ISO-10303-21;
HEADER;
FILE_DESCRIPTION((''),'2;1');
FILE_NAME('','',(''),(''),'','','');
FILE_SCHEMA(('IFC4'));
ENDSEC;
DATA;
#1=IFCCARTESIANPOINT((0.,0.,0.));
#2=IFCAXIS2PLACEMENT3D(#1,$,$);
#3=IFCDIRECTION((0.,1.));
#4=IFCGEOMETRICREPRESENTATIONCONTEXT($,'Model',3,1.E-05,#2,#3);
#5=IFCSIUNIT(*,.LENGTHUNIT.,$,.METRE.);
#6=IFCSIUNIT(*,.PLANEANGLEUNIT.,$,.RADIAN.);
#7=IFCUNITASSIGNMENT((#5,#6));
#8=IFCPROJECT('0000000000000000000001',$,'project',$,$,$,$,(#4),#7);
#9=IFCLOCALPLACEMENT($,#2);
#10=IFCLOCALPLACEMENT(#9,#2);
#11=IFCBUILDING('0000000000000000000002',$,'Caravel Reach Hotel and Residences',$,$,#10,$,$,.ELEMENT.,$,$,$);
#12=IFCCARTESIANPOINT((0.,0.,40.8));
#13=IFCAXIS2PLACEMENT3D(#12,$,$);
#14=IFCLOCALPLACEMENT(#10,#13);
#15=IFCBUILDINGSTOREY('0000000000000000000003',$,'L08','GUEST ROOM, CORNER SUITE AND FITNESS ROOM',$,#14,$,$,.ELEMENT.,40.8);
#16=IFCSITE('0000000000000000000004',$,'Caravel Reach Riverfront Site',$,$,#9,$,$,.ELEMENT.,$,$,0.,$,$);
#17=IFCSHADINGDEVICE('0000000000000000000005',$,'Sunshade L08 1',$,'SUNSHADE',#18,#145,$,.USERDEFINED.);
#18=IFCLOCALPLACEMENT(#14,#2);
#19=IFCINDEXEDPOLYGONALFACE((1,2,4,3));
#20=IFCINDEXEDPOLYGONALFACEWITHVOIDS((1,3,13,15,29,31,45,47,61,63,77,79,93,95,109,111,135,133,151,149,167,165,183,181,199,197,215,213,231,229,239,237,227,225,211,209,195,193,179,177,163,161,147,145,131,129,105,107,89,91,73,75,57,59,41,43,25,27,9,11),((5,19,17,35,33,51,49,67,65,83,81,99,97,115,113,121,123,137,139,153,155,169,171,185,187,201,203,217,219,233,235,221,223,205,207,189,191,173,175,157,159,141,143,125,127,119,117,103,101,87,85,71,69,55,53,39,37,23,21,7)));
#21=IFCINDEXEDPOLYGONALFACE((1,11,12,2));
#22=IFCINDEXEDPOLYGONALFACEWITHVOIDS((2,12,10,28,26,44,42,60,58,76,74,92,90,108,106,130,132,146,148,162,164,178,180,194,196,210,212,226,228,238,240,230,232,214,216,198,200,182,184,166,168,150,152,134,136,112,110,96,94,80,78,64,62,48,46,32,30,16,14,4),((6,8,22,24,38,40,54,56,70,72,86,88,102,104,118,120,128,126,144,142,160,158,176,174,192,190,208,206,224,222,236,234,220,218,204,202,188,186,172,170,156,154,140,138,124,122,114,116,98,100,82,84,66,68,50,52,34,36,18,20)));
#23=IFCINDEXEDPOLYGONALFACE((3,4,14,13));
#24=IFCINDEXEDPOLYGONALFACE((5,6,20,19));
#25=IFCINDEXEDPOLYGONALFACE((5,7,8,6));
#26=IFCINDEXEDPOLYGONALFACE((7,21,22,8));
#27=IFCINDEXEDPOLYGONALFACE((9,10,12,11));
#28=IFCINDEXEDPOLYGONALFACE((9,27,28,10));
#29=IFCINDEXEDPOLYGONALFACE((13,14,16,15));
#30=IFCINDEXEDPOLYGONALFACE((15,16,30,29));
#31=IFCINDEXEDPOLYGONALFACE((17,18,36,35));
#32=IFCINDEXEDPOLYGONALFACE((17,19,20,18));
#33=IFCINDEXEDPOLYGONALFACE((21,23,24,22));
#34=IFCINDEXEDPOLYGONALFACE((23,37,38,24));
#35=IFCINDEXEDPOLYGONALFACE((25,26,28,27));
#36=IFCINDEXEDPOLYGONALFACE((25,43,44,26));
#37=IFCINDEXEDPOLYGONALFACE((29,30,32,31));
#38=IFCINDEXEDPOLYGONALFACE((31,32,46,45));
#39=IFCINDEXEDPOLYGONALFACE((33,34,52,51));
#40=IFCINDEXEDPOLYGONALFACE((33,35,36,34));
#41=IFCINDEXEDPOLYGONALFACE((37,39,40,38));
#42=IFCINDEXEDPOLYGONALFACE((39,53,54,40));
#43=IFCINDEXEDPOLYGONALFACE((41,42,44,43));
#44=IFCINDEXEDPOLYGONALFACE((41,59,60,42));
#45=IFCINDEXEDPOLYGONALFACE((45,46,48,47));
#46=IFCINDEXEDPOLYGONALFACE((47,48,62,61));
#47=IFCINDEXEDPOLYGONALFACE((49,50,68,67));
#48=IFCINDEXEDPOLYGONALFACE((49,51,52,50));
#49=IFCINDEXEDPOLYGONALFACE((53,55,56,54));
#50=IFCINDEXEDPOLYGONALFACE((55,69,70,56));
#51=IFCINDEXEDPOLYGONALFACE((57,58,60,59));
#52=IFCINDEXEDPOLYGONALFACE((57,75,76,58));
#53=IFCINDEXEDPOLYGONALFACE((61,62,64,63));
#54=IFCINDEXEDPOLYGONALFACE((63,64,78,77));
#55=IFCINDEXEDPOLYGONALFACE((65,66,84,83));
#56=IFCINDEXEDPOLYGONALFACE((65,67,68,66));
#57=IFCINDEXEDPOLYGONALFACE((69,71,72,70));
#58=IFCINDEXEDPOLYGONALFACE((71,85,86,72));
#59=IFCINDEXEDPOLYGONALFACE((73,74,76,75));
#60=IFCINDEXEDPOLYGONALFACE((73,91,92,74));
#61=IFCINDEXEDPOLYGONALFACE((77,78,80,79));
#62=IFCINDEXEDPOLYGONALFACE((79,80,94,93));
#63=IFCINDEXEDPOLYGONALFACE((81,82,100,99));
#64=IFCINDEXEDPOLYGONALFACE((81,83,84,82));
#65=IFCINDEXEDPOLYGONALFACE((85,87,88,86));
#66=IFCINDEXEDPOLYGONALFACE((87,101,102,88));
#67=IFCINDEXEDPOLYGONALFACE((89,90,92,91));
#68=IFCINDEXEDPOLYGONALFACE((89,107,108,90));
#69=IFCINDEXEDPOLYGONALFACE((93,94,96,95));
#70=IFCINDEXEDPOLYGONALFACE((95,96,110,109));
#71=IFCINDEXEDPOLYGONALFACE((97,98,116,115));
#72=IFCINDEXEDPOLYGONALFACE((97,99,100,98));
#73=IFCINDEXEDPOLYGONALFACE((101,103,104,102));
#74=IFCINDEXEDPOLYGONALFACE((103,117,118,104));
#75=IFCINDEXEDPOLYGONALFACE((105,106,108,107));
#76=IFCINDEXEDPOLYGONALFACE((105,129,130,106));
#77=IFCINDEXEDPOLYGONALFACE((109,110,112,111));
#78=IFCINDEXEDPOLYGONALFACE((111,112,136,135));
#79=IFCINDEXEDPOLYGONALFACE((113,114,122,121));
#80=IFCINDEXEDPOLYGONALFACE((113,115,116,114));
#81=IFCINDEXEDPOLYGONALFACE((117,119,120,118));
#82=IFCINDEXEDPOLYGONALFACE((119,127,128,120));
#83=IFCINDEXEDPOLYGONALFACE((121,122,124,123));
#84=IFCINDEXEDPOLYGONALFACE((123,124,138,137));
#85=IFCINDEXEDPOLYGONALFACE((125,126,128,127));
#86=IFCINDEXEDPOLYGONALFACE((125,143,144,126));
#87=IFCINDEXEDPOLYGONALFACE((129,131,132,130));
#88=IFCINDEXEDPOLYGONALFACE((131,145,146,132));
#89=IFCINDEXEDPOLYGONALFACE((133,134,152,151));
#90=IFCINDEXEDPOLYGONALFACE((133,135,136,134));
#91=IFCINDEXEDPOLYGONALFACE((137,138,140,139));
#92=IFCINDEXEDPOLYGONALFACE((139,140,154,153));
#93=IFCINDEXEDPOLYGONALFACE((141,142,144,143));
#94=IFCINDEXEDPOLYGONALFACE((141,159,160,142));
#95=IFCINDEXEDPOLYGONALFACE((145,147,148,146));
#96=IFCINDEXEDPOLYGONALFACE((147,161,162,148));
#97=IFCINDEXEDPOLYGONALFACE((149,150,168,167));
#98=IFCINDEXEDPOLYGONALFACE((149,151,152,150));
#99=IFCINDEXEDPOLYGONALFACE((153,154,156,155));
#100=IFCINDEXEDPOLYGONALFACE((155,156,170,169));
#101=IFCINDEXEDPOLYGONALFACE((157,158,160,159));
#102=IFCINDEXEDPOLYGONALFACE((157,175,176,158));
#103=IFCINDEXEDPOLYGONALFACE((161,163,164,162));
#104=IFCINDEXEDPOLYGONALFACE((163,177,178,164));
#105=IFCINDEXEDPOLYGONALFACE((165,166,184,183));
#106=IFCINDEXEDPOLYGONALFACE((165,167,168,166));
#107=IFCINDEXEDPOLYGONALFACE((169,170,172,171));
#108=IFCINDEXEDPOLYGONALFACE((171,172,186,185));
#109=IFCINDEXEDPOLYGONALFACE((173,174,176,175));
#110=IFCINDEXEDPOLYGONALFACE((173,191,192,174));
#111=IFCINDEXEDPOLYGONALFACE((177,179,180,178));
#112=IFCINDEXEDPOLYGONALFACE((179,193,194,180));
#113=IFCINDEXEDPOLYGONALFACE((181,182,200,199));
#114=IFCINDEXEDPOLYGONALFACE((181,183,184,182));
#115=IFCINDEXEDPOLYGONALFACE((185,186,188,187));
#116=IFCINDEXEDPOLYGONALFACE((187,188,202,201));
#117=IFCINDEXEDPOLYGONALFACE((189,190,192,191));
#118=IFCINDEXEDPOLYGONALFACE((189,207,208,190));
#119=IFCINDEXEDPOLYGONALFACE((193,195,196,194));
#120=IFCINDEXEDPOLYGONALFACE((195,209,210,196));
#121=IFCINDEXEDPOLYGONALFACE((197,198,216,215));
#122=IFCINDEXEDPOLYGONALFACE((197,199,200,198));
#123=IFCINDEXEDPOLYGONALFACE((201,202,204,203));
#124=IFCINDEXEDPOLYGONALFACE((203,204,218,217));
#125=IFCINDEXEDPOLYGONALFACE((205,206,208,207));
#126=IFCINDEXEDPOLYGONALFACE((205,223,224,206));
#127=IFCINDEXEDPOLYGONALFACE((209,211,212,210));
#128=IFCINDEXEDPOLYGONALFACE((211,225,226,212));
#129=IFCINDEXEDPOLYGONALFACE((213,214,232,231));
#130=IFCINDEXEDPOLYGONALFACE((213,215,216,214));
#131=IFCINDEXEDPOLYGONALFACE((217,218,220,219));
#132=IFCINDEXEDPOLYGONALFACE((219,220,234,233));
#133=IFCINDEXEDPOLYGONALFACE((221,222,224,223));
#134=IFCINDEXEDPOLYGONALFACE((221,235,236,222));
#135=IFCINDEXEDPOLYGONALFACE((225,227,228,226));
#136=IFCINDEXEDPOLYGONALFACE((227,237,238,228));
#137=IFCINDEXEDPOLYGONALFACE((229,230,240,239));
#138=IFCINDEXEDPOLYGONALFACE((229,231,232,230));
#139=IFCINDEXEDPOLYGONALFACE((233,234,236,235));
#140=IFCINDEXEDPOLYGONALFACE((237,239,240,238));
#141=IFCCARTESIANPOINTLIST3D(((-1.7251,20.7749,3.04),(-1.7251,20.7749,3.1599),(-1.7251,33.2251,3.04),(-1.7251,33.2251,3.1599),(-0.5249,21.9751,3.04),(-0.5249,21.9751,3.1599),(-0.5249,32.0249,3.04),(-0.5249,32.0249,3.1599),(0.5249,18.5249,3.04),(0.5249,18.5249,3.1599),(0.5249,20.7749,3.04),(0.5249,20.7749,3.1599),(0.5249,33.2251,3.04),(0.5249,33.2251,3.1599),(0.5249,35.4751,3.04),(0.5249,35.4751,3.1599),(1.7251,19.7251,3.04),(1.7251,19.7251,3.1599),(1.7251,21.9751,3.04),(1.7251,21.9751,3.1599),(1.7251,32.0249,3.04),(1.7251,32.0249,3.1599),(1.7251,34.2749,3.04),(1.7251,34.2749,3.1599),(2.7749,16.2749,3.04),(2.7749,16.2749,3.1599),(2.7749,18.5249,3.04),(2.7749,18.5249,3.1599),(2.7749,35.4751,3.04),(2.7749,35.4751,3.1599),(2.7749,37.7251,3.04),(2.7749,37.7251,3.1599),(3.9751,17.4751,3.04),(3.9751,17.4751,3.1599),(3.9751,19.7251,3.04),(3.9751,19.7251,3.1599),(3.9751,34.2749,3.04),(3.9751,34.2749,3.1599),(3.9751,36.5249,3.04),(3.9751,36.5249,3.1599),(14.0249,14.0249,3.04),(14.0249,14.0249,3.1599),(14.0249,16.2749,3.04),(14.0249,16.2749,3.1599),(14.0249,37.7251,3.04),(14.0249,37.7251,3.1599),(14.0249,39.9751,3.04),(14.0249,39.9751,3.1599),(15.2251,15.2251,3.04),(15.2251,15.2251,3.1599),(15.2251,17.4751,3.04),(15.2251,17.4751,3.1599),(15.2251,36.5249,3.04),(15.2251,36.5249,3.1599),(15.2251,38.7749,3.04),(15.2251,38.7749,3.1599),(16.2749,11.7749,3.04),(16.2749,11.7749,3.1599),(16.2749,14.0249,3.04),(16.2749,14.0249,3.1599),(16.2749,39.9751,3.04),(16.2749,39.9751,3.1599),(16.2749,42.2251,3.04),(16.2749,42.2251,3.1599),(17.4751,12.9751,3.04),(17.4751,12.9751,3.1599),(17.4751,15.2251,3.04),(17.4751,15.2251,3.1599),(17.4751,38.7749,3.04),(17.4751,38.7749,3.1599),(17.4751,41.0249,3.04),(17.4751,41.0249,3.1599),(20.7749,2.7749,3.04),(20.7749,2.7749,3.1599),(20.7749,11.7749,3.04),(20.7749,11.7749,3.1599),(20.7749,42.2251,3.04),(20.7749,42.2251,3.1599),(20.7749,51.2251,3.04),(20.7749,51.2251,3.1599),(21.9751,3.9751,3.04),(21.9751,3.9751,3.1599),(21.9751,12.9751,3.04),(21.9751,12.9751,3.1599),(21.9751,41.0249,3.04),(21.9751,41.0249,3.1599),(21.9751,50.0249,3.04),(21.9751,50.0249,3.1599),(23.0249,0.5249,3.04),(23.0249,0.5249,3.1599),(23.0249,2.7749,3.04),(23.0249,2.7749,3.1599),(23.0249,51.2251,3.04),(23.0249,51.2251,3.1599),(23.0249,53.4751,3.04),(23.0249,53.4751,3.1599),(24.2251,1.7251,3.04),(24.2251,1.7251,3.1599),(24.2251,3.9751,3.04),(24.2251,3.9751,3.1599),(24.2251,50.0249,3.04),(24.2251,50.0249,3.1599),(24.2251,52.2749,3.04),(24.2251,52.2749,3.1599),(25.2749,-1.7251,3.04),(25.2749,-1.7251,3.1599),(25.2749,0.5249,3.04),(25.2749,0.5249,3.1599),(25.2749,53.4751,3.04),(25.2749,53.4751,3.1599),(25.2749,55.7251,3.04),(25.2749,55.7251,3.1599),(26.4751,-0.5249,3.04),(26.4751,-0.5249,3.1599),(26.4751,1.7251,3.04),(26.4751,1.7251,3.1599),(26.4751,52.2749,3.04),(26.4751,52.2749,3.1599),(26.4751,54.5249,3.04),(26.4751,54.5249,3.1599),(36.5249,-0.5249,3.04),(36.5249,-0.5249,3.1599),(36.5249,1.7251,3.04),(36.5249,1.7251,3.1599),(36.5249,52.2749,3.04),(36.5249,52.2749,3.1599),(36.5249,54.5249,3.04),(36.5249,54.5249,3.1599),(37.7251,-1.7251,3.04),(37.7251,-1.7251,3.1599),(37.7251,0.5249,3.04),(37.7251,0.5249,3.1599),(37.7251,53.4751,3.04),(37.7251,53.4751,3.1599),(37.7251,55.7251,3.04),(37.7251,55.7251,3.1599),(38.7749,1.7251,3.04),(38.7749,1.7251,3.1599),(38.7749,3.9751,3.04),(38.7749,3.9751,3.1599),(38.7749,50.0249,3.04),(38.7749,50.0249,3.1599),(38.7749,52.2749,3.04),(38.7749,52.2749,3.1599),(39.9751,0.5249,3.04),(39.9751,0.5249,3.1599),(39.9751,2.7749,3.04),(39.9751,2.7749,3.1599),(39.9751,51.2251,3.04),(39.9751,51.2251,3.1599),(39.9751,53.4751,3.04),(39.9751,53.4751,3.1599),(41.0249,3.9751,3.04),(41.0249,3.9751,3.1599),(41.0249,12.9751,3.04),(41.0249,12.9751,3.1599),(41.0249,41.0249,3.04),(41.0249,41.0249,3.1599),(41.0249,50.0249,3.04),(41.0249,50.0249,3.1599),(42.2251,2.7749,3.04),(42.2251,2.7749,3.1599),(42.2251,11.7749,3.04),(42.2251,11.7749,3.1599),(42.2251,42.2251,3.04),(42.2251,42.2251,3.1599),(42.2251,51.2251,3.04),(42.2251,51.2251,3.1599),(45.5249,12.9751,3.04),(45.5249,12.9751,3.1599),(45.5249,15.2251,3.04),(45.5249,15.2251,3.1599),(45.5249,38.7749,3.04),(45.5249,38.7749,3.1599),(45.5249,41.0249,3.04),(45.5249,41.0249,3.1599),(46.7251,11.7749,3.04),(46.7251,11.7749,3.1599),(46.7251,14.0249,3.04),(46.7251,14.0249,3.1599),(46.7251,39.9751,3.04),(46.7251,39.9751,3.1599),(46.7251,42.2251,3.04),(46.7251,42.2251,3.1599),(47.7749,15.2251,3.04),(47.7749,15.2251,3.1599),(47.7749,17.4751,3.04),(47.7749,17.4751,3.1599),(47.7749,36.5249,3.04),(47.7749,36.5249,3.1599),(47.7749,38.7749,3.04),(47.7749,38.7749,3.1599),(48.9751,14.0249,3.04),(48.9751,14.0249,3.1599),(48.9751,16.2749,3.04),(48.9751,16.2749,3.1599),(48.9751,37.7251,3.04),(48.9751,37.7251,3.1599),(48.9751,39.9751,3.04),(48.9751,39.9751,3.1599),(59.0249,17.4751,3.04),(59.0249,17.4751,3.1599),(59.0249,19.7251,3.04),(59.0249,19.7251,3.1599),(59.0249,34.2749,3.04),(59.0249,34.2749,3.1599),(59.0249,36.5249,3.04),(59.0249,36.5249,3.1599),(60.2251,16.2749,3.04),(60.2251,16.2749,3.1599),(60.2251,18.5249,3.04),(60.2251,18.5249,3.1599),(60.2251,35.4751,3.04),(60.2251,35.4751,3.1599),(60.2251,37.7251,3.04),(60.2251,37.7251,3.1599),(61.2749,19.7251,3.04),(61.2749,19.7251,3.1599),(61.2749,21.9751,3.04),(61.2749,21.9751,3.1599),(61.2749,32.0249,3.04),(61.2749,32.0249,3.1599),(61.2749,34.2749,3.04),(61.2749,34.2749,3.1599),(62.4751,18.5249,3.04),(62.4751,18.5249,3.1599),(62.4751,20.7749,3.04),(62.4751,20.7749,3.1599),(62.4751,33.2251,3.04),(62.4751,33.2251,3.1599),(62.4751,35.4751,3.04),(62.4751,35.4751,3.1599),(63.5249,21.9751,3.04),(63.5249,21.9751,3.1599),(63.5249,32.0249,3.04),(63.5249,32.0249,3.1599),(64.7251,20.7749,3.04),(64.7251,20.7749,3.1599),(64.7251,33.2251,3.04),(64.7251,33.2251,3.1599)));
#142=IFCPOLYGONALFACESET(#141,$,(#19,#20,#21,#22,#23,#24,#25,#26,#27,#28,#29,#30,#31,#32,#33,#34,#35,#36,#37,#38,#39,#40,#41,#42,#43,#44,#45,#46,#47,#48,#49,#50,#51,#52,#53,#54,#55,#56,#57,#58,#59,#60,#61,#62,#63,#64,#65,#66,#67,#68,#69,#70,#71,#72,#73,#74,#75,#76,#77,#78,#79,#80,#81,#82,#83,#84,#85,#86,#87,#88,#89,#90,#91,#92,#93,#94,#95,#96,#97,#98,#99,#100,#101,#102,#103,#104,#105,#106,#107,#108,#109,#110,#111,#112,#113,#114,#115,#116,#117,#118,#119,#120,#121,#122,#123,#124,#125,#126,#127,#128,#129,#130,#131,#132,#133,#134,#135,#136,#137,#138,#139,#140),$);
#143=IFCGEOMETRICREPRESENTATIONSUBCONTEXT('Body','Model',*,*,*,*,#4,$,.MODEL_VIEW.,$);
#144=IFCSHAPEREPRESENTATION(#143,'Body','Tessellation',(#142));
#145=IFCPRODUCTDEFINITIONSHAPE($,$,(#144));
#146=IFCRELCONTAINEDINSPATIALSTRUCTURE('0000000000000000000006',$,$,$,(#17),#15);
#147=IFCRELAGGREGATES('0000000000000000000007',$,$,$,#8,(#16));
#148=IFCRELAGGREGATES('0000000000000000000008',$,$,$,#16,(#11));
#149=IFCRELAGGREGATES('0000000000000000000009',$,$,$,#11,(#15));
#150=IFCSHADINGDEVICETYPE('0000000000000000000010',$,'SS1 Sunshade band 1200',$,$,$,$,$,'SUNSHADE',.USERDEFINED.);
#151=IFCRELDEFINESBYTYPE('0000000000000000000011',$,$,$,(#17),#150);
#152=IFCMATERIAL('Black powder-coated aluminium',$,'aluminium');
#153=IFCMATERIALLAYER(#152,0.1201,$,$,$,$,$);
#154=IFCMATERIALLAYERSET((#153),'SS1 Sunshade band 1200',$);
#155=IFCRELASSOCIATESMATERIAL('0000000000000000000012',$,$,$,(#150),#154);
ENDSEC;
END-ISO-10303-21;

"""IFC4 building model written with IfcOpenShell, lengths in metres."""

from ifc_helpers import new_model, si_unit, direction, frame, origin, place, context, subcontext, project, spatial, polyline, outline, extrude, material, layer, layer_set, type_object, element, save


model = new_model("IFC4")

# Units and contexts
model_context = context("Model", 3, precision=1e-05, world=origin(), true_north=direction((0.0, 1.0)))
body_context = subcontext(model_context, "Body", "Model", "MODEL_VIEW")
ifc_project = project(units=[si_unit("LENGTHUNIT", "METRE"), si_unit("PLANEANGLEUNIT", "RADIAN")], contexts=[model_context])

# Site, building, storey
site_placement = place(None, origin())
site = spatial("IfcSite", under=ifc_project, at=site_placement, Name="Caravel Reach Riverfront Site", CompositionType="ELEMENT", RefElevation=0.0)
building_placement = place(site_placement, origin())
building = spatial("IfcBuilding", under=site, at=building_placement, Name="Caravel Reach Hotel and Residences", CompositionType="ELEMENT")
storey_placement = place(building_placement, frame((0.0, 0.0, 40.8)))
storey = spatial("IfcBuildingStorey", under=building, at=storey_placement, Name="L08", Description="GUEST ROOM, CORNER SUITE AND FITNESS ROOM", CompositionType="ELEMENT", Elevation=40.8)

# Shading device
ifc_material_1 = material(Name="Black powder-coated aluminium", Category="aluminium")
ifc_layer_1 = layer(ifc_material_1, 0.1201)
ifc_layer_set_1 = layer_set([ifc_layer_1], Name="SS1 Sunshade band 1200")
shading_device_type = type_object("IfcShadingDeviceType", Name="SS1 Sunshade band 1200", ElementType="SUNSHADE", PredefinedType="USERDEFINED", material=ifc_layer_set_1)
shading_device_placement = place(storey_placement, frame((0.0, 0.0, 3.04)))
element("IfcShadingDevice", 1, at=shading_device_placement, inside=storey, type_object=shading_device_type, Name="Sunshade L08 1", ObjectType="SUNSHADE", PredefinedType="USERDEFINED", context=body_context, shape_type="SweptSolid", body=[
    extrude(outline(polyline([(20.7749, 11.7749), (20.7749, 2.7749), (23.0249, 2.7749), (23.0249, 0.5249), (25.2749, 0.5249), (25.2749, -1.7251), (37.7251, -1.7251), (37.7251, 0.5249), (39.9751, 0.5249), (39.9751, 2.7749), (42.2251, 2.7749), (42.2251, 11.7749), (46.7251, 11.7749), (46.7251, 14.0249), (48.9751, 14.0249), (48.9751, 16.2749), (60.2251, 16.2749), (60.2251, 18.5249), (62.4751, 18.5249), (62.4751, 20.7749), (64.7251, 20.7749), (64.7251, 33.2251), (62.4751, 33.2251), (62.4751, 35.4751), (60.2251, 35.4751), (60.2251, 37.7251), (48.9751, 37.7251), (48.9751, 39.9751), (46.7251, 39.9751), (46.7251, 42.2251), (42.2251, 42.2251), (42.2251, 51.2251), (39.9751, 51.2251), (39.9751, 53.4751), (37.7251, 53.4751), (37.7251, 55.7251), (25.2749, 55.7251), (25.2749, 53.4751), (23.0249, 53.4751), (23.0249, 51.2251), (20.7749, 51.2251), (20.7749, 42.2251), (16.2749, 42.2251), (16.2749, 39.9751), (14.0249, 39.9751), (14.0249, 37.7251), (2.7749, 37.7251), (2.7749, 35.4751), (0.5249, 35.4751), (0.5249, 33.2251), (-1.7251, 33.2251), (-1.7251, 20.7749), (0.5249, 20.7749), (0.5249, 18.5249), (2.7749, 18.5249), (2.7749, 16.2749), (14.0249, 16.2749), (14.0249, 14.0249), (16.2749, 14.0249), (16.2749, 11.7749), (20.7749, 11.7749)]), holes=[polyline([(24.2251, 3.9751), (21.9751, 3.9751), (21.9751, 12.9751), (17.4751, 12.9751), (17.4751, 15.2251), (15.2251, 15.2251), (15.2251, 17.4751), (3.9751, 17.4751), (3.9751, 19.7251), (1.7251, 19.7251), (1.7251, 21.9751), (-0.5249, 21.9751), (-0.5249, 32.0249), (1.7251, 32.0249), (1.7251, 34.2749), (3.9751, 34.2749), (3.9751, 36.5249), (15.2251, 36.5249), (15.2251, 38.7749), (17.4751, 38.7749), (17.4751, 41.0249), (21.9751, 41.0249), (21.9751, 50.0249), (24.2251, 50.0249), (24.2251, 52.2749), (26.4751, 52.2749), (26.4751, 54.5249), (36.5249, 54.5249), (36.5249, 52.2749), (38.7749, 52.2749), (38.7749, 50.0249), (41.0249, 50.0249), (41.0249, 41.0249), (45.5249, 41.0249), (45.5249, 38.7749), (47.7749, 38.7749), (47.7749, 36.5249), (59.0249, 36.5249), (59.0249, 34.2749), (61.2749, 34.2749), (61.2749, 32.0249), (63.5249, 32.0249), (63.5249, 21.9751), (61.2749, 21.9751), (61.2749, 19.7251), (59.0249, 19.7251), (59.0249, 17.4751), (47.7749, 17.4751), (47.7749, 15.2251), (45.5249, 15.2251), (45.5249, 12.9751), (41.0249, 12.9751), (41.0249, 3.9751), (38.7749, 3.9751), (38.7749, 1.7251), (36.5249, 1.7251), (36.5249, -0.5249), (26.4751, -0.5249), (26.4751, 1.7251), (24.2251, 1.7251), (24.2251, 3.9751)])]), origin(), (0.0, 0.0, 1.0), 0.1199),
])

save(model, "model.ifc")
